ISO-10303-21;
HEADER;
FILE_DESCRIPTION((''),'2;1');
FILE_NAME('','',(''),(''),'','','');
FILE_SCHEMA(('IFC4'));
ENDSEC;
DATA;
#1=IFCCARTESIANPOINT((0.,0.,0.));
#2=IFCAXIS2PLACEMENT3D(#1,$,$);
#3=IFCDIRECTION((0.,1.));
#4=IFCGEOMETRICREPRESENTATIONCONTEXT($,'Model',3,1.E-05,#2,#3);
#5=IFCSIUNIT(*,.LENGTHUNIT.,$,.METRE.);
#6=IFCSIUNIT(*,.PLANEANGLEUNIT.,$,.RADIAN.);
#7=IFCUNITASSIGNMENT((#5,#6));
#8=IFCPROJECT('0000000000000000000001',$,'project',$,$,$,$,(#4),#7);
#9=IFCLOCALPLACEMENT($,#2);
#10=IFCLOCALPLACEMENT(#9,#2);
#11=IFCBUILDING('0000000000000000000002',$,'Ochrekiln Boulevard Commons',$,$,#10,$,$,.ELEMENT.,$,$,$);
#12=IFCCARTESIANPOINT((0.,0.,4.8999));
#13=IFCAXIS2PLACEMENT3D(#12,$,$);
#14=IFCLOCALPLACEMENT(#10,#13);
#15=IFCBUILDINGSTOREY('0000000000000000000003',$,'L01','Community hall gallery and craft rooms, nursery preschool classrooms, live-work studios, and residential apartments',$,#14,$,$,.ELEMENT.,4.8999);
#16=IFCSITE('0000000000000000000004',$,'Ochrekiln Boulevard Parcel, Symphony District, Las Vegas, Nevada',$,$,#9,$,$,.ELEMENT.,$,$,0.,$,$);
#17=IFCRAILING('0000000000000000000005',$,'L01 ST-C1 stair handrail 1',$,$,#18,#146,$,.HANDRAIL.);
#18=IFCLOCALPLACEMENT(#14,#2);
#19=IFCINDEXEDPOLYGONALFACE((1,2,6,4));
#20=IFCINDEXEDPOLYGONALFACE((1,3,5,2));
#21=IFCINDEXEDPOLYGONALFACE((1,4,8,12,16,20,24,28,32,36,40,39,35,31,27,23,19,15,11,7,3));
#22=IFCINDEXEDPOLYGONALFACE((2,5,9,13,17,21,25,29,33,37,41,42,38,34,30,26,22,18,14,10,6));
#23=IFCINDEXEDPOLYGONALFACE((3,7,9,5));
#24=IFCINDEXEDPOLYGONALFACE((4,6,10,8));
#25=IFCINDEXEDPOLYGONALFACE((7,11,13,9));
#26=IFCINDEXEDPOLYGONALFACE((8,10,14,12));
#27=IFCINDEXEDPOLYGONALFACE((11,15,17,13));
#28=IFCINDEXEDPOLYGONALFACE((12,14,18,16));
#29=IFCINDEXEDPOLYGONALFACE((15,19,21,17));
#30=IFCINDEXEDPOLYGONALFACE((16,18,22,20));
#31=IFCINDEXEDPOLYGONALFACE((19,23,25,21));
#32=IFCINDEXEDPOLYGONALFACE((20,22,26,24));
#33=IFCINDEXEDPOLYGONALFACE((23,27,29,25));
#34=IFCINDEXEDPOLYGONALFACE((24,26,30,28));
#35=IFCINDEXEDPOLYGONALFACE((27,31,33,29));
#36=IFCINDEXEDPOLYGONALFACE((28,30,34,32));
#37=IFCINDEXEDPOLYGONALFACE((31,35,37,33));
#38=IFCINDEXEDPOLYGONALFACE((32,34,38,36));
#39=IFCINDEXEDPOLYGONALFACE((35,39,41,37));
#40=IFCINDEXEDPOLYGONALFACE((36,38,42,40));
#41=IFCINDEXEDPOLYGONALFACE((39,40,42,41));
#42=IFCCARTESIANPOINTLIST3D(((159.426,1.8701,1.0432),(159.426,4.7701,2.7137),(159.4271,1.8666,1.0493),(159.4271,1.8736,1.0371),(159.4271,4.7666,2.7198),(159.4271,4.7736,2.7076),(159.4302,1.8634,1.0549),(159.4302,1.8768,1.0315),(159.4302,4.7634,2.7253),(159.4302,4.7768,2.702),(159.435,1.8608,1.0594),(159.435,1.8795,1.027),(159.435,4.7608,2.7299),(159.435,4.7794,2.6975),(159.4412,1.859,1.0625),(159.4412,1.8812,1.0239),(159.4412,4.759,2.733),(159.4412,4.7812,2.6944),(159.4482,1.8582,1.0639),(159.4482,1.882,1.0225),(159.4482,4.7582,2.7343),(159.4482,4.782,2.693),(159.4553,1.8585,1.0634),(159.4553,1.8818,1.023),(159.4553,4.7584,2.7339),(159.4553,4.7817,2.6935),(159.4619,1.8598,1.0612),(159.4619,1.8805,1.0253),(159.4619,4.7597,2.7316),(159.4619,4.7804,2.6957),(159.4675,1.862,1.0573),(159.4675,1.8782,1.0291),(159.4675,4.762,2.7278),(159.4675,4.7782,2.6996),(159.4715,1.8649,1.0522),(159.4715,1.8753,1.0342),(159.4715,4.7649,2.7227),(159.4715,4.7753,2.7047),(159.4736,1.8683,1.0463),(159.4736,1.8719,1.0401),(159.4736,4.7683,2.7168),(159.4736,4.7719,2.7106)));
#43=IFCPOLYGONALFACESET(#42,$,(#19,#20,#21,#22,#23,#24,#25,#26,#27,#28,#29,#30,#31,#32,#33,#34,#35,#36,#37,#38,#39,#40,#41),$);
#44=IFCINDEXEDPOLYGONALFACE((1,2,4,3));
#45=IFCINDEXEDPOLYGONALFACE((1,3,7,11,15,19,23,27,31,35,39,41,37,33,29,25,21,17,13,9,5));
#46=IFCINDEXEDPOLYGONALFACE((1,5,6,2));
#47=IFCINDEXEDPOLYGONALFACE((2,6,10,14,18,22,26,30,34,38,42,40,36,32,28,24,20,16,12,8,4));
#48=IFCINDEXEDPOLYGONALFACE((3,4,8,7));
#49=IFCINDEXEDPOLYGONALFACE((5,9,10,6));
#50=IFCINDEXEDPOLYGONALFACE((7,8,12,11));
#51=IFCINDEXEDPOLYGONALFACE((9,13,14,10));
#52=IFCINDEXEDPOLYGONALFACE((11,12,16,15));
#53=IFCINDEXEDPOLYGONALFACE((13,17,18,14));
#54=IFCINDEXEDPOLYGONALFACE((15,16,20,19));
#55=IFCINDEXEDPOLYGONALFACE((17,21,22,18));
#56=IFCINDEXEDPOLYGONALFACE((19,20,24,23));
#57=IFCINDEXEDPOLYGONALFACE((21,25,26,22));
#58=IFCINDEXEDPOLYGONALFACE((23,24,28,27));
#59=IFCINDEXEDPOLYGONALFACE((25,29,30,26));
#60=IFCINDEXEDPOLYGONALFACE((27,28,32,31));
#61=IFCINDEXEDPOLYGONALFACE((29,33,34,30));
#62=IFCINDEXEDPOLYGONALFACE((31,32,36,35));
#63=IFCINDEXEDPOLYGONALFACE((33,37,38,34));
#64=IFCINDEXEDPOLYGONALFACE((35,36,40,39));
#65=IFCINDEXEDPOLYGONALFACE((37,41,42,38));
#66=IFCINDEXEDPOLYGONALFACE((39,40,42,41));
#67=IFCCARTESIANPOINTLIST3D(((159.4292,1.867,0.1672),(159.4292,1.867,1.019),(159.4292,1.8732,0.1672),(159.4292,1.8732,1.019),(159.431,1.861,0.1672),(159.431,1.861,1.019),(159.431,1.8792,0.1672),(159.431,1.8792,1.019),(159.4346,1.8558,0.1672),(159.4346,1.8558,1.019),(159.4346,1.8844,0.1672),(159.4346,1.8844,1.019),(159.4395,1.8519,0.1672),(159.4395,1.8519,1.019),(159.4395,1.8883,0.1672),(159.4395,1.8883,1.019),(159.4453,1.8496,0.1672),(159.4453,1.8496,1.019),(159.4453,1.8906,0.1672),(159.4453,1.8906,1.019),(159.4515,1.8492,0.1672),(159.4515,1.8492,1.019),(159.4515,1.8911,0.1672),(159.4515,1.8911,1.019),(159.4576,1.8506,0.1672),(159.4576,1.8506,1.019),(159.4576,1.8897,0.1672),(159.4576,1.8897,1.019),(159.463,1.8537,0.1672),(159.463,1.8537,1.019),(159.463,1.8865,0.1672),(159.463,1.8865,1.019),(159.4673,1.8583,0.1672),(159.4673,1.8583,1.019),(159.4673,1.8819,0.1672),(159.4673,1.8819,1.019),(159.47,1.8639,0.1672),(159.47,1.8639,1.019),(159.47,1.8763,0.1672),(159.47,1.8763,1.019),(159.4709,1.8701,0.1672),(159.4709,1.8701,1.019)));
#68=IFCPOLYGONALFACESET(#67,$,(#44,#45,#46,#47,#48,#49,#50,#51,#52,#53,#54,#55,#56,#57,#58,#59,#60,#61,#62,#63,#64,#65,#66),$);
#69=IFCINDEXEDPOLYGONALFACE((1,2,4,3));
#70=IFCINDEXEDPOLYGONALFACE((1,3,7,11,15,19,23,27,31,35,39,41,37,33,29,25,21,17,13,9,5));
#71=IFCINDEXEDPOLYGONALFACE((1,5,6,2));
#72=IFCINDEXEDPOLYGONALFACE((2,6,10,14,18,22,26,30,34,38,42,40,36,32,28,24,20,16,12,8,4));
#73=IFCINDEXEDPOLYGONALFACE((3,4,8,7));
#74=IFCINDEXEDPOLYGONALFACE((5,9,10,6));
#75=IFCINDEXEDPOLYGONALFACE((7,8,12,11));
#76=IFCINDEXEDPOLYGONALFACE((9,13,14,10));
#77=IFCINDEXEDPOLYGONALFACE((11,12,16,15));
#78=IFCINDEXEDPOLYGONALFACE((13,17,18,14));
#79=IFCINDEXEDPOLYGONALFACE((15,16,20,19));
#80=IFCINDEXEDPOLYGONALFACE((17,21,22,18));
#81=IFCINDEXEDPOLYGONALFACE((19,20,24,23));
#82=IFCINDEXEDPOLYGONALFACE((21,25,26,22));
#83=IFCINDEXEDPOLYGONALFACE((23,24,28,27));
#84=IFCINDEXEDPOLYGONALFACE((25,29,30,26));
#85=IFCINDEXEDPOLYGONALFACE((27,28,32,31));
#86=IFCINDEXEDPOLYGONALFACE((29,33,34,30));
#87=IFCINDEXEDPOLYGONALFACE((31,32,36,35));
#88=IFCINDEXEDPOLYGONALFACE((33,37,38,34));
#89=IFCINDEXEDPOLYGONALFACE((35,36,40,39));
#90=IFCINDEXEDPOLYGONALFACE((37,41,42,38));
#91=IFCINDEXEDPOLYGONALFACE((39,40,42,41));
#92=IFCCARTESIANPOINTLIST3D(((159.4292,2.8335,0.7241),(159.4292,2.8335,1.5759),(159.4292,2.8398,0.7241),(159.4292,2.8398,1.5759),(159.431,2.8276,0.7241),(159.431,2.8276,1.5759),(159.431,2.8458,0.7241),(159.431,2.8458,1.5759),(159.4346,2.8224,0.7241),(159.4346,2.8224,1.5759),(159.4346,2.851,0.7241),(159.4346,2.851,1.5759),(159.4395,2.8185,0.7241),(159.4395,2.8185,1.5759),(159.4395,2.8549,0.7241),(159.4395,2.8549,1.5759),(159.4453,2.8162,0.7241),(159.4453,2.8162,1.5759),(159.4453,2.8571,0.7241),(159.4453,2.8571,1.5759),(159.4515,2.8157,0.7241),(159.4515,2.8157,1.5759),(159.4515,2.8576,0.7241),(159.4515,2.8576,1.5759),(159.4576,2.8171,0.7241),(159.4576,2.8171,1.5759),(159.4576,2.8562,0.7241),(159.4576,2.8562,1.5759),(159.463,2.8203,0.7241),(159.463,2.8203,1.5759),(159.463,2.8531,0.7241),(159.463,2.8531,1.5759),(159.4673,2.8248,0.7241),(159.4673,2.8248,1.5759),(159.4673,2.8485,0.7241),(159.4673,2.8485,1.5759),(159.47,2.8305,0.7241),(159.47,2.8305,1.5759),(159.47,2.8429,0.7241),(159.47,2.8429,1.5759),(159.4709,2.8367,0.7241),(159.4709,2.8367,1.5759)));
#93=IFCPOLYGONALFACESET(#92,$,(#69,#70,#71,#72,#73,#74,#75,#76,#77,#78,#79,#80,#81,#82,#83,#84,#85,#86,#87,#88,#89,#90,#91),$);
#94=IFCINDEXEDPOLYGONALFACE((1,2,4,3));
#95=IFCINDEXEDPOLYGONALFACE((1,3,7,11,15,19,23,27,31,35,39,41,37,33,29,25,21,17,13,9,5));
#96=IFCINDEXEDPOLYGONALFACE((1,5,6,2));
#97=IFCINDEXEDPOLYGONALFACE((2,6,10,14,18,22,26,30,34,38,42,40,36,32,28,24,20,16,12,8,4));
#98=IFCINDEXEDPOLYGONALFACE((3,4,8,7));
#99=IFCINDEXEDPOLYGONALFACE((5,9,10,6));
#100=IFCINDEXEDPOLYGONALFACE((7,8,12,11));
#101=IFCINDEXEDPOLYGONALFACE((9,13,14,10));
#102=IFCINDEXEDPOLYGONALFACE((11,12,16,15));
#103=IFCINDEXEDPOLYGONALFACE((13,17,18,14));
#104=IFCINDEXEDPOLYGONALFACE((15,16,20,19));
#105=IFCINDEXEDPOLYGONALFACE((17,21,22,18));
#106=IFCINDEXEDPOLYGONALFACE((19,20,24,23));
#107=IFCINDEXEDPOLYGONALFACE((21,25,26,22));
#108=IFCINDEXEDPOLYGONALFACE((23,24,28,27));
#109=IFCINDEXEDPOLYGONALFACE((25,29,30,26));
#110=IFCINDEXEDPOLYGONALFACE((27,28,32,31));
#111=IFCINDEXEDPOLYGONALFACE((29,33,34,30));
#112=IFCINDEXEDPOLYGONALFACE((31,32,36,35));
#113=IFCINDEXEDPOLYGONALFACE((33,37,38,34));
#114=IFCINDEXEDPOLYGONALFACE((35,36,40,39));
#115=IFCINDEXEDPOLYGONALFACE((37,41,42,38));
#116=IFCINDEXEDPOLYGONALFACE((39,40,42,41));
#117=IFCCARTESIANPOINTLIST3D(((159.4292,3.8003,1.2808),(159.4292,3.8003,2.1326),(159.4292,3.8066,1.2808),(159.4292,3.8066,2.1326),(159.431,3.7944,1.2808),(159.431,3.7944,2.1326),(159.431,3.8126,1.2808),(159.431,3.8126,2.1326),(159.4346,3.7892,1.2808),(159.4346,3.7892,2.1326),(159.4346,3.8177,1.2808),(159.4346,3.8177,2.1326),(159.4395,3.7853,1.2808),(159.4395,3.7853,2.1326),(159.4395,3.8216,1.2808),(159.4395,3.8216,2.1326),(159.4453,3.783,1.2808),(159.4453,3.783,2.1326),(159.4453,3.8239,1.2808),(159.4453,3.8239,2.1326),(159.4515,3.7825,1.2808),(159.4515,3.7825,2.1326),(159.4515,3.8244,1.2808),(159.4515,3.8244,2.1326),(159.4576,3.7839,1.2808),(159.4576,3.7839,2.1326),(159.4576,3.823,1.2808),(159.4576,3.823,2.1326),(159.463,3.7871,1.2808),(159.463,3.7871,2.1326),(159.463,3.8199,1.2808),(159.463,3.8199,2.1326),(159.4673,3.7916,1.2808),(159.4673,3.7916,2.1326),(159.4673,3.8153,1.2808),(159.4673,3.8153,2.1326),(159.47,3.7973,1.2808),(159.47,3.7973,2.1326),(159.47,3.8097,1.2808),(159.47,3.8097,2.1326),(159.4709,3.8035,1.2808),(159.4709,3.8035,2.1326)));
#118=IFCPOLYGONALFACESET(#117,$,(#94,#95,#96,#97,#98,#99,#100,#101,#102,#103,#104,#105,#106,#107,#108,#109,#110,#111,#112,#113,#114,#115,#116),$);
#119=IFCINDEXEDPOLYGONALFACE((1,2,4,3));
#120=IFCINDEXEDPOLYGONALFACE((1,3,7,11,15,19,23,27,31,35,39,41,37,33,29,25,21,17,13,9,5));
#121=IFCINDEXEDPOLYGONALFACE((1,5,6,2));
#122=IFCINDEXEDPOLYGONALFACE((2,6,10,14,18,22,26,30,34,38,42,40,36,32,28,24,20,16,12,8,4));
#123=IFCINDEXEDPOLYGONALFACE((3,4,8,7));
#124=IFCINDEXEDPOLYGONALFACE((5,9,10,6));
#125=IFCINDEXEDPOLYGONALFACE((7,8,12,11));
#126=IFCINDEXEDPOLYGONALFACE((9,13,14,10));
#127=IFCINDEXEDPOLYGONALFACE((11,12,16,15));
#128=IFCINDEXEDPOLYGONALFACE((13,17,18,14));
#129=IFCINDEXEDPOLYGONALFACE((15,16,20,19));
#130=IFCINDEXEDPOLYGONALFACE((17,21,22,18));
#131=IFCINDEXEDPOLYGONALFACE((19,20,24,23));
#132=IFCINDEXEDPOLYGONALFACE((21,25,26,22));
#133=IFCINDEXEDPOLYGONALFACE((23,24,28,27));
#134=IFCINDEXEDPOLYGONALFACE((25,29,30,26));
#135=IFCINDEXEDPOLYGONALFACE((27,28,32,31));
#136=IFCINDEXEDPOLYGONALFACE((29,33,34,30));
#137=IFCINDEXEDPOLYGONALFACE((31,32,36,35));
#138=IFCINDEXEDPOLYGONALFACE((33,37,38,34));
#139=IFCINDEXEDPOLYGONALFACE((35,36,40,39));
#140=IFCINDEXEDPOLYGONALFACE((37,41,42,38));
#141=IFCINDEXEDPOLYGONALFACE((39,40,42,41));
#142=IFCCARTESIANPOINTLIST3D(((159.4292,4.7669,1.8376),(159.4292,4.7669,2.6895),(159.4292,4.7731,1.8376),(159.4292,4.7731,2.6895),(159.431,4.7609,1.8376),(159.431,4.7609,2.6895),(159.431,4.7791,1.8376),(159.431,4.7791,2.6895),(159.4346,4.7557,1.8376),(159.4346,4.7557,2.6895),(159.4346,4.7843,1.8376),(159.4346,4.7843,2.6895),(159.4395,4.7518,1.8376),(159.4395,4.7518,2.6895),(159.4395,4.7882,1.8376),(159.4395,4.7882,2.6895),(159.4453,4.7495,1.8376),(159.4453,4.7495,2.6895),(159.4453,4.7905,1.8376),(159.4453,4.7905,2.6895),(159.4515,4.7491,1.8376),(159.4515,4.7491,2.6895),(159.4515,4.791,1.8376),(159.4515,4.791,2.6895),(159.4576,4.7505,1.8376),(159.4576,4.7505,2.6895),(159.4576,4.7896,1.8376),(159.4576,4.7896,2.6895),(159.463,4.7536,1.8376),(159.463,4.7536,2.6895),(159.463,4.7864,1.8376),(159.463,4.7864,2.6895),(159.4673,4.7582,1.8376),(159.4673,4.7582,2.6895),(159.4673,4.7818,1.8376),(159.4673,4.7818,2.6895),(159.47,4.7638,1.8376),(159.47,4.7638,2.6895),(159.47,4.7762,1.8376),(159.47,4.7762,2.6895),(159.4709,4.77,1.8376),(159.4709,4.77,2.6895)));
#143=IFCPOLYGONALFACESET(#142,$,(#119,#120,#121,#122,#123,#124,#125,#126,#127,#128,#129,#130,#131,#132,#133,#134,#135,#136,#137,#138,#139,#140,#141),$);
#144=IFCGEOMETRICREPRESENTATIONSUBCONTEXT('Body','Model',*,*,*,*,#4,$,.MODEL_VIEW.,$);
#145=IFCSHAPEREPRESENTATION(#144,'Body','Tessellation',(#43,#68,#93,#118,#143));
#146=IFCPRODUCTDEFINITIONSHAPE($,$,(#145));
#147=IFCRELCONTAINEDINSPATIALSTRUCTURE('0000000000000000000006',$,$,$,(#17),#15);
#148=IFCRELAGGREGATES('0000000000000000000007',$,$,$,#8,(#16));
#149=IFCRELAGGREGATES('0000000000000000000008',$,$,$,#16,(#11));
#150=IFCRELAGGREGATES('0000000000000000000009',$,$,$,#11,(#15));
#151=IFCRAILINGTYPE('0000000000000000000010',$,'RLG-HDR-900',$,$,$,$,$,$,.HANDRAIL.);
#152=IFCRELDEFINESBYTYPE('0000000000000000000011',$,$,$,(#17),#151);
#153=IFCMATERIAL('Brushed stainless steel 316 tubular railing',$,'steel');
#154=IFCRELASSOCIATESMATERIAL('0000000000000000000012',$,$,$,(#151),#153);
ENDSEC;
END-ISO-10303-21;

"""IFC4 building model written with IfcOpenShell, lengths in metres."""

from ifc_helpers import new_model, si_unit, direction, frame, origin, origin_2d, place, context, subcontext, project, spatial, circle, extrude, material, type_object, element, save


model = new_model("IFC4")

# Units and contexts
model_context = context("Model", 3, precision=1e-05, world=origin(), true_north=direction((0.0, 1.0)))
body_context = subcontext(model_context, "Body", "Model", "MODEL_VIEW")
ifc_project = project(units=[si_unit("LENGTHUNIT", "METRE"), si_unit("PLANEANGLEUNIT", "RADIAN")], contexts=[model_context])

# Site, building, storey
site_placement = place(None, origin())
site = spatial("IfcSite", under=ifc_project, at=site_placement, Name="Ochrekiln Boulevard Parcel, Symphony District, Las Vegas, Nevada", CompositionType="ELEMENT", RefElevation=0.0)
building_placement = place(site_placement, origin())
building = spatial("IfcBuilding", under=site, at=building_placement, Name="Ochrekiln Boulevard Commons", CompositionType="ELEMENT")
storey_placement = place(building_placement, frame((0.0, 0.0, 4.8999)))
storey = spatial("IfcBuildingStorey", under=building, at=storey_placement, Name="L01", Description="Community hall gallery and craft rooms, nursery preschool classrooms, live-work studios, and residential apartments", CompositionType="ELEMENT", Elevation=4.8999)

# Railing
ifc_material_1 = material(Name="Brushed stainless steel 316 tubular railing", Category="steel")
railing_type_1 = type_object("IfcRailingType", Name="RLG-HDR-900", PredefinedType="HANDRAIL", material=ifc_material_1)
railing_1_placement = place(storey_placement, frame((159.45, 1.8701, 0.1672)))
element("IfcRailing", 1, at=railing_1_placement, inside=storey, type_object=railing_type_1, Name="L01 ST-C1 stair handrail 1", PredefinedType="HANDRAIL", context=body_context, shape_type="SweptSolid", body=[
    extrude(circle(Radius=0.0239, at=origin_2d()), frame((0.0, 0.0, 0.876), z_axis=(0.0, 0.866523, 0.499137), x_axis=(-1.0, 0.0, 0.0)), (0.0, 0.0, 1.0), 3.3467),
    extrude(circle(Radius=0.021, at=origin_2d()), origin(), (0.0, 0.0, 1.0), 0.8518),
    extrude(circle(Radius=0.021, at=origin_2d()), frame((0.0, 0.9666, 0.5569)), (0.0, 0.0, 1.0), 0.8518),
    extrude(circle(Radius=0.021, at=origin_2d()), frame((0.0, 1.9333, 1.1135)), (0.0, 0.0, 1.0), 0.8518),
    extrude(circle(Radius=0.021, at=origin_2d()), frame((0.0, 2.8999, 1.6704)), (0.0, 0.0, 1.0), 0.8518),
])

save(model, "model.ifc")
